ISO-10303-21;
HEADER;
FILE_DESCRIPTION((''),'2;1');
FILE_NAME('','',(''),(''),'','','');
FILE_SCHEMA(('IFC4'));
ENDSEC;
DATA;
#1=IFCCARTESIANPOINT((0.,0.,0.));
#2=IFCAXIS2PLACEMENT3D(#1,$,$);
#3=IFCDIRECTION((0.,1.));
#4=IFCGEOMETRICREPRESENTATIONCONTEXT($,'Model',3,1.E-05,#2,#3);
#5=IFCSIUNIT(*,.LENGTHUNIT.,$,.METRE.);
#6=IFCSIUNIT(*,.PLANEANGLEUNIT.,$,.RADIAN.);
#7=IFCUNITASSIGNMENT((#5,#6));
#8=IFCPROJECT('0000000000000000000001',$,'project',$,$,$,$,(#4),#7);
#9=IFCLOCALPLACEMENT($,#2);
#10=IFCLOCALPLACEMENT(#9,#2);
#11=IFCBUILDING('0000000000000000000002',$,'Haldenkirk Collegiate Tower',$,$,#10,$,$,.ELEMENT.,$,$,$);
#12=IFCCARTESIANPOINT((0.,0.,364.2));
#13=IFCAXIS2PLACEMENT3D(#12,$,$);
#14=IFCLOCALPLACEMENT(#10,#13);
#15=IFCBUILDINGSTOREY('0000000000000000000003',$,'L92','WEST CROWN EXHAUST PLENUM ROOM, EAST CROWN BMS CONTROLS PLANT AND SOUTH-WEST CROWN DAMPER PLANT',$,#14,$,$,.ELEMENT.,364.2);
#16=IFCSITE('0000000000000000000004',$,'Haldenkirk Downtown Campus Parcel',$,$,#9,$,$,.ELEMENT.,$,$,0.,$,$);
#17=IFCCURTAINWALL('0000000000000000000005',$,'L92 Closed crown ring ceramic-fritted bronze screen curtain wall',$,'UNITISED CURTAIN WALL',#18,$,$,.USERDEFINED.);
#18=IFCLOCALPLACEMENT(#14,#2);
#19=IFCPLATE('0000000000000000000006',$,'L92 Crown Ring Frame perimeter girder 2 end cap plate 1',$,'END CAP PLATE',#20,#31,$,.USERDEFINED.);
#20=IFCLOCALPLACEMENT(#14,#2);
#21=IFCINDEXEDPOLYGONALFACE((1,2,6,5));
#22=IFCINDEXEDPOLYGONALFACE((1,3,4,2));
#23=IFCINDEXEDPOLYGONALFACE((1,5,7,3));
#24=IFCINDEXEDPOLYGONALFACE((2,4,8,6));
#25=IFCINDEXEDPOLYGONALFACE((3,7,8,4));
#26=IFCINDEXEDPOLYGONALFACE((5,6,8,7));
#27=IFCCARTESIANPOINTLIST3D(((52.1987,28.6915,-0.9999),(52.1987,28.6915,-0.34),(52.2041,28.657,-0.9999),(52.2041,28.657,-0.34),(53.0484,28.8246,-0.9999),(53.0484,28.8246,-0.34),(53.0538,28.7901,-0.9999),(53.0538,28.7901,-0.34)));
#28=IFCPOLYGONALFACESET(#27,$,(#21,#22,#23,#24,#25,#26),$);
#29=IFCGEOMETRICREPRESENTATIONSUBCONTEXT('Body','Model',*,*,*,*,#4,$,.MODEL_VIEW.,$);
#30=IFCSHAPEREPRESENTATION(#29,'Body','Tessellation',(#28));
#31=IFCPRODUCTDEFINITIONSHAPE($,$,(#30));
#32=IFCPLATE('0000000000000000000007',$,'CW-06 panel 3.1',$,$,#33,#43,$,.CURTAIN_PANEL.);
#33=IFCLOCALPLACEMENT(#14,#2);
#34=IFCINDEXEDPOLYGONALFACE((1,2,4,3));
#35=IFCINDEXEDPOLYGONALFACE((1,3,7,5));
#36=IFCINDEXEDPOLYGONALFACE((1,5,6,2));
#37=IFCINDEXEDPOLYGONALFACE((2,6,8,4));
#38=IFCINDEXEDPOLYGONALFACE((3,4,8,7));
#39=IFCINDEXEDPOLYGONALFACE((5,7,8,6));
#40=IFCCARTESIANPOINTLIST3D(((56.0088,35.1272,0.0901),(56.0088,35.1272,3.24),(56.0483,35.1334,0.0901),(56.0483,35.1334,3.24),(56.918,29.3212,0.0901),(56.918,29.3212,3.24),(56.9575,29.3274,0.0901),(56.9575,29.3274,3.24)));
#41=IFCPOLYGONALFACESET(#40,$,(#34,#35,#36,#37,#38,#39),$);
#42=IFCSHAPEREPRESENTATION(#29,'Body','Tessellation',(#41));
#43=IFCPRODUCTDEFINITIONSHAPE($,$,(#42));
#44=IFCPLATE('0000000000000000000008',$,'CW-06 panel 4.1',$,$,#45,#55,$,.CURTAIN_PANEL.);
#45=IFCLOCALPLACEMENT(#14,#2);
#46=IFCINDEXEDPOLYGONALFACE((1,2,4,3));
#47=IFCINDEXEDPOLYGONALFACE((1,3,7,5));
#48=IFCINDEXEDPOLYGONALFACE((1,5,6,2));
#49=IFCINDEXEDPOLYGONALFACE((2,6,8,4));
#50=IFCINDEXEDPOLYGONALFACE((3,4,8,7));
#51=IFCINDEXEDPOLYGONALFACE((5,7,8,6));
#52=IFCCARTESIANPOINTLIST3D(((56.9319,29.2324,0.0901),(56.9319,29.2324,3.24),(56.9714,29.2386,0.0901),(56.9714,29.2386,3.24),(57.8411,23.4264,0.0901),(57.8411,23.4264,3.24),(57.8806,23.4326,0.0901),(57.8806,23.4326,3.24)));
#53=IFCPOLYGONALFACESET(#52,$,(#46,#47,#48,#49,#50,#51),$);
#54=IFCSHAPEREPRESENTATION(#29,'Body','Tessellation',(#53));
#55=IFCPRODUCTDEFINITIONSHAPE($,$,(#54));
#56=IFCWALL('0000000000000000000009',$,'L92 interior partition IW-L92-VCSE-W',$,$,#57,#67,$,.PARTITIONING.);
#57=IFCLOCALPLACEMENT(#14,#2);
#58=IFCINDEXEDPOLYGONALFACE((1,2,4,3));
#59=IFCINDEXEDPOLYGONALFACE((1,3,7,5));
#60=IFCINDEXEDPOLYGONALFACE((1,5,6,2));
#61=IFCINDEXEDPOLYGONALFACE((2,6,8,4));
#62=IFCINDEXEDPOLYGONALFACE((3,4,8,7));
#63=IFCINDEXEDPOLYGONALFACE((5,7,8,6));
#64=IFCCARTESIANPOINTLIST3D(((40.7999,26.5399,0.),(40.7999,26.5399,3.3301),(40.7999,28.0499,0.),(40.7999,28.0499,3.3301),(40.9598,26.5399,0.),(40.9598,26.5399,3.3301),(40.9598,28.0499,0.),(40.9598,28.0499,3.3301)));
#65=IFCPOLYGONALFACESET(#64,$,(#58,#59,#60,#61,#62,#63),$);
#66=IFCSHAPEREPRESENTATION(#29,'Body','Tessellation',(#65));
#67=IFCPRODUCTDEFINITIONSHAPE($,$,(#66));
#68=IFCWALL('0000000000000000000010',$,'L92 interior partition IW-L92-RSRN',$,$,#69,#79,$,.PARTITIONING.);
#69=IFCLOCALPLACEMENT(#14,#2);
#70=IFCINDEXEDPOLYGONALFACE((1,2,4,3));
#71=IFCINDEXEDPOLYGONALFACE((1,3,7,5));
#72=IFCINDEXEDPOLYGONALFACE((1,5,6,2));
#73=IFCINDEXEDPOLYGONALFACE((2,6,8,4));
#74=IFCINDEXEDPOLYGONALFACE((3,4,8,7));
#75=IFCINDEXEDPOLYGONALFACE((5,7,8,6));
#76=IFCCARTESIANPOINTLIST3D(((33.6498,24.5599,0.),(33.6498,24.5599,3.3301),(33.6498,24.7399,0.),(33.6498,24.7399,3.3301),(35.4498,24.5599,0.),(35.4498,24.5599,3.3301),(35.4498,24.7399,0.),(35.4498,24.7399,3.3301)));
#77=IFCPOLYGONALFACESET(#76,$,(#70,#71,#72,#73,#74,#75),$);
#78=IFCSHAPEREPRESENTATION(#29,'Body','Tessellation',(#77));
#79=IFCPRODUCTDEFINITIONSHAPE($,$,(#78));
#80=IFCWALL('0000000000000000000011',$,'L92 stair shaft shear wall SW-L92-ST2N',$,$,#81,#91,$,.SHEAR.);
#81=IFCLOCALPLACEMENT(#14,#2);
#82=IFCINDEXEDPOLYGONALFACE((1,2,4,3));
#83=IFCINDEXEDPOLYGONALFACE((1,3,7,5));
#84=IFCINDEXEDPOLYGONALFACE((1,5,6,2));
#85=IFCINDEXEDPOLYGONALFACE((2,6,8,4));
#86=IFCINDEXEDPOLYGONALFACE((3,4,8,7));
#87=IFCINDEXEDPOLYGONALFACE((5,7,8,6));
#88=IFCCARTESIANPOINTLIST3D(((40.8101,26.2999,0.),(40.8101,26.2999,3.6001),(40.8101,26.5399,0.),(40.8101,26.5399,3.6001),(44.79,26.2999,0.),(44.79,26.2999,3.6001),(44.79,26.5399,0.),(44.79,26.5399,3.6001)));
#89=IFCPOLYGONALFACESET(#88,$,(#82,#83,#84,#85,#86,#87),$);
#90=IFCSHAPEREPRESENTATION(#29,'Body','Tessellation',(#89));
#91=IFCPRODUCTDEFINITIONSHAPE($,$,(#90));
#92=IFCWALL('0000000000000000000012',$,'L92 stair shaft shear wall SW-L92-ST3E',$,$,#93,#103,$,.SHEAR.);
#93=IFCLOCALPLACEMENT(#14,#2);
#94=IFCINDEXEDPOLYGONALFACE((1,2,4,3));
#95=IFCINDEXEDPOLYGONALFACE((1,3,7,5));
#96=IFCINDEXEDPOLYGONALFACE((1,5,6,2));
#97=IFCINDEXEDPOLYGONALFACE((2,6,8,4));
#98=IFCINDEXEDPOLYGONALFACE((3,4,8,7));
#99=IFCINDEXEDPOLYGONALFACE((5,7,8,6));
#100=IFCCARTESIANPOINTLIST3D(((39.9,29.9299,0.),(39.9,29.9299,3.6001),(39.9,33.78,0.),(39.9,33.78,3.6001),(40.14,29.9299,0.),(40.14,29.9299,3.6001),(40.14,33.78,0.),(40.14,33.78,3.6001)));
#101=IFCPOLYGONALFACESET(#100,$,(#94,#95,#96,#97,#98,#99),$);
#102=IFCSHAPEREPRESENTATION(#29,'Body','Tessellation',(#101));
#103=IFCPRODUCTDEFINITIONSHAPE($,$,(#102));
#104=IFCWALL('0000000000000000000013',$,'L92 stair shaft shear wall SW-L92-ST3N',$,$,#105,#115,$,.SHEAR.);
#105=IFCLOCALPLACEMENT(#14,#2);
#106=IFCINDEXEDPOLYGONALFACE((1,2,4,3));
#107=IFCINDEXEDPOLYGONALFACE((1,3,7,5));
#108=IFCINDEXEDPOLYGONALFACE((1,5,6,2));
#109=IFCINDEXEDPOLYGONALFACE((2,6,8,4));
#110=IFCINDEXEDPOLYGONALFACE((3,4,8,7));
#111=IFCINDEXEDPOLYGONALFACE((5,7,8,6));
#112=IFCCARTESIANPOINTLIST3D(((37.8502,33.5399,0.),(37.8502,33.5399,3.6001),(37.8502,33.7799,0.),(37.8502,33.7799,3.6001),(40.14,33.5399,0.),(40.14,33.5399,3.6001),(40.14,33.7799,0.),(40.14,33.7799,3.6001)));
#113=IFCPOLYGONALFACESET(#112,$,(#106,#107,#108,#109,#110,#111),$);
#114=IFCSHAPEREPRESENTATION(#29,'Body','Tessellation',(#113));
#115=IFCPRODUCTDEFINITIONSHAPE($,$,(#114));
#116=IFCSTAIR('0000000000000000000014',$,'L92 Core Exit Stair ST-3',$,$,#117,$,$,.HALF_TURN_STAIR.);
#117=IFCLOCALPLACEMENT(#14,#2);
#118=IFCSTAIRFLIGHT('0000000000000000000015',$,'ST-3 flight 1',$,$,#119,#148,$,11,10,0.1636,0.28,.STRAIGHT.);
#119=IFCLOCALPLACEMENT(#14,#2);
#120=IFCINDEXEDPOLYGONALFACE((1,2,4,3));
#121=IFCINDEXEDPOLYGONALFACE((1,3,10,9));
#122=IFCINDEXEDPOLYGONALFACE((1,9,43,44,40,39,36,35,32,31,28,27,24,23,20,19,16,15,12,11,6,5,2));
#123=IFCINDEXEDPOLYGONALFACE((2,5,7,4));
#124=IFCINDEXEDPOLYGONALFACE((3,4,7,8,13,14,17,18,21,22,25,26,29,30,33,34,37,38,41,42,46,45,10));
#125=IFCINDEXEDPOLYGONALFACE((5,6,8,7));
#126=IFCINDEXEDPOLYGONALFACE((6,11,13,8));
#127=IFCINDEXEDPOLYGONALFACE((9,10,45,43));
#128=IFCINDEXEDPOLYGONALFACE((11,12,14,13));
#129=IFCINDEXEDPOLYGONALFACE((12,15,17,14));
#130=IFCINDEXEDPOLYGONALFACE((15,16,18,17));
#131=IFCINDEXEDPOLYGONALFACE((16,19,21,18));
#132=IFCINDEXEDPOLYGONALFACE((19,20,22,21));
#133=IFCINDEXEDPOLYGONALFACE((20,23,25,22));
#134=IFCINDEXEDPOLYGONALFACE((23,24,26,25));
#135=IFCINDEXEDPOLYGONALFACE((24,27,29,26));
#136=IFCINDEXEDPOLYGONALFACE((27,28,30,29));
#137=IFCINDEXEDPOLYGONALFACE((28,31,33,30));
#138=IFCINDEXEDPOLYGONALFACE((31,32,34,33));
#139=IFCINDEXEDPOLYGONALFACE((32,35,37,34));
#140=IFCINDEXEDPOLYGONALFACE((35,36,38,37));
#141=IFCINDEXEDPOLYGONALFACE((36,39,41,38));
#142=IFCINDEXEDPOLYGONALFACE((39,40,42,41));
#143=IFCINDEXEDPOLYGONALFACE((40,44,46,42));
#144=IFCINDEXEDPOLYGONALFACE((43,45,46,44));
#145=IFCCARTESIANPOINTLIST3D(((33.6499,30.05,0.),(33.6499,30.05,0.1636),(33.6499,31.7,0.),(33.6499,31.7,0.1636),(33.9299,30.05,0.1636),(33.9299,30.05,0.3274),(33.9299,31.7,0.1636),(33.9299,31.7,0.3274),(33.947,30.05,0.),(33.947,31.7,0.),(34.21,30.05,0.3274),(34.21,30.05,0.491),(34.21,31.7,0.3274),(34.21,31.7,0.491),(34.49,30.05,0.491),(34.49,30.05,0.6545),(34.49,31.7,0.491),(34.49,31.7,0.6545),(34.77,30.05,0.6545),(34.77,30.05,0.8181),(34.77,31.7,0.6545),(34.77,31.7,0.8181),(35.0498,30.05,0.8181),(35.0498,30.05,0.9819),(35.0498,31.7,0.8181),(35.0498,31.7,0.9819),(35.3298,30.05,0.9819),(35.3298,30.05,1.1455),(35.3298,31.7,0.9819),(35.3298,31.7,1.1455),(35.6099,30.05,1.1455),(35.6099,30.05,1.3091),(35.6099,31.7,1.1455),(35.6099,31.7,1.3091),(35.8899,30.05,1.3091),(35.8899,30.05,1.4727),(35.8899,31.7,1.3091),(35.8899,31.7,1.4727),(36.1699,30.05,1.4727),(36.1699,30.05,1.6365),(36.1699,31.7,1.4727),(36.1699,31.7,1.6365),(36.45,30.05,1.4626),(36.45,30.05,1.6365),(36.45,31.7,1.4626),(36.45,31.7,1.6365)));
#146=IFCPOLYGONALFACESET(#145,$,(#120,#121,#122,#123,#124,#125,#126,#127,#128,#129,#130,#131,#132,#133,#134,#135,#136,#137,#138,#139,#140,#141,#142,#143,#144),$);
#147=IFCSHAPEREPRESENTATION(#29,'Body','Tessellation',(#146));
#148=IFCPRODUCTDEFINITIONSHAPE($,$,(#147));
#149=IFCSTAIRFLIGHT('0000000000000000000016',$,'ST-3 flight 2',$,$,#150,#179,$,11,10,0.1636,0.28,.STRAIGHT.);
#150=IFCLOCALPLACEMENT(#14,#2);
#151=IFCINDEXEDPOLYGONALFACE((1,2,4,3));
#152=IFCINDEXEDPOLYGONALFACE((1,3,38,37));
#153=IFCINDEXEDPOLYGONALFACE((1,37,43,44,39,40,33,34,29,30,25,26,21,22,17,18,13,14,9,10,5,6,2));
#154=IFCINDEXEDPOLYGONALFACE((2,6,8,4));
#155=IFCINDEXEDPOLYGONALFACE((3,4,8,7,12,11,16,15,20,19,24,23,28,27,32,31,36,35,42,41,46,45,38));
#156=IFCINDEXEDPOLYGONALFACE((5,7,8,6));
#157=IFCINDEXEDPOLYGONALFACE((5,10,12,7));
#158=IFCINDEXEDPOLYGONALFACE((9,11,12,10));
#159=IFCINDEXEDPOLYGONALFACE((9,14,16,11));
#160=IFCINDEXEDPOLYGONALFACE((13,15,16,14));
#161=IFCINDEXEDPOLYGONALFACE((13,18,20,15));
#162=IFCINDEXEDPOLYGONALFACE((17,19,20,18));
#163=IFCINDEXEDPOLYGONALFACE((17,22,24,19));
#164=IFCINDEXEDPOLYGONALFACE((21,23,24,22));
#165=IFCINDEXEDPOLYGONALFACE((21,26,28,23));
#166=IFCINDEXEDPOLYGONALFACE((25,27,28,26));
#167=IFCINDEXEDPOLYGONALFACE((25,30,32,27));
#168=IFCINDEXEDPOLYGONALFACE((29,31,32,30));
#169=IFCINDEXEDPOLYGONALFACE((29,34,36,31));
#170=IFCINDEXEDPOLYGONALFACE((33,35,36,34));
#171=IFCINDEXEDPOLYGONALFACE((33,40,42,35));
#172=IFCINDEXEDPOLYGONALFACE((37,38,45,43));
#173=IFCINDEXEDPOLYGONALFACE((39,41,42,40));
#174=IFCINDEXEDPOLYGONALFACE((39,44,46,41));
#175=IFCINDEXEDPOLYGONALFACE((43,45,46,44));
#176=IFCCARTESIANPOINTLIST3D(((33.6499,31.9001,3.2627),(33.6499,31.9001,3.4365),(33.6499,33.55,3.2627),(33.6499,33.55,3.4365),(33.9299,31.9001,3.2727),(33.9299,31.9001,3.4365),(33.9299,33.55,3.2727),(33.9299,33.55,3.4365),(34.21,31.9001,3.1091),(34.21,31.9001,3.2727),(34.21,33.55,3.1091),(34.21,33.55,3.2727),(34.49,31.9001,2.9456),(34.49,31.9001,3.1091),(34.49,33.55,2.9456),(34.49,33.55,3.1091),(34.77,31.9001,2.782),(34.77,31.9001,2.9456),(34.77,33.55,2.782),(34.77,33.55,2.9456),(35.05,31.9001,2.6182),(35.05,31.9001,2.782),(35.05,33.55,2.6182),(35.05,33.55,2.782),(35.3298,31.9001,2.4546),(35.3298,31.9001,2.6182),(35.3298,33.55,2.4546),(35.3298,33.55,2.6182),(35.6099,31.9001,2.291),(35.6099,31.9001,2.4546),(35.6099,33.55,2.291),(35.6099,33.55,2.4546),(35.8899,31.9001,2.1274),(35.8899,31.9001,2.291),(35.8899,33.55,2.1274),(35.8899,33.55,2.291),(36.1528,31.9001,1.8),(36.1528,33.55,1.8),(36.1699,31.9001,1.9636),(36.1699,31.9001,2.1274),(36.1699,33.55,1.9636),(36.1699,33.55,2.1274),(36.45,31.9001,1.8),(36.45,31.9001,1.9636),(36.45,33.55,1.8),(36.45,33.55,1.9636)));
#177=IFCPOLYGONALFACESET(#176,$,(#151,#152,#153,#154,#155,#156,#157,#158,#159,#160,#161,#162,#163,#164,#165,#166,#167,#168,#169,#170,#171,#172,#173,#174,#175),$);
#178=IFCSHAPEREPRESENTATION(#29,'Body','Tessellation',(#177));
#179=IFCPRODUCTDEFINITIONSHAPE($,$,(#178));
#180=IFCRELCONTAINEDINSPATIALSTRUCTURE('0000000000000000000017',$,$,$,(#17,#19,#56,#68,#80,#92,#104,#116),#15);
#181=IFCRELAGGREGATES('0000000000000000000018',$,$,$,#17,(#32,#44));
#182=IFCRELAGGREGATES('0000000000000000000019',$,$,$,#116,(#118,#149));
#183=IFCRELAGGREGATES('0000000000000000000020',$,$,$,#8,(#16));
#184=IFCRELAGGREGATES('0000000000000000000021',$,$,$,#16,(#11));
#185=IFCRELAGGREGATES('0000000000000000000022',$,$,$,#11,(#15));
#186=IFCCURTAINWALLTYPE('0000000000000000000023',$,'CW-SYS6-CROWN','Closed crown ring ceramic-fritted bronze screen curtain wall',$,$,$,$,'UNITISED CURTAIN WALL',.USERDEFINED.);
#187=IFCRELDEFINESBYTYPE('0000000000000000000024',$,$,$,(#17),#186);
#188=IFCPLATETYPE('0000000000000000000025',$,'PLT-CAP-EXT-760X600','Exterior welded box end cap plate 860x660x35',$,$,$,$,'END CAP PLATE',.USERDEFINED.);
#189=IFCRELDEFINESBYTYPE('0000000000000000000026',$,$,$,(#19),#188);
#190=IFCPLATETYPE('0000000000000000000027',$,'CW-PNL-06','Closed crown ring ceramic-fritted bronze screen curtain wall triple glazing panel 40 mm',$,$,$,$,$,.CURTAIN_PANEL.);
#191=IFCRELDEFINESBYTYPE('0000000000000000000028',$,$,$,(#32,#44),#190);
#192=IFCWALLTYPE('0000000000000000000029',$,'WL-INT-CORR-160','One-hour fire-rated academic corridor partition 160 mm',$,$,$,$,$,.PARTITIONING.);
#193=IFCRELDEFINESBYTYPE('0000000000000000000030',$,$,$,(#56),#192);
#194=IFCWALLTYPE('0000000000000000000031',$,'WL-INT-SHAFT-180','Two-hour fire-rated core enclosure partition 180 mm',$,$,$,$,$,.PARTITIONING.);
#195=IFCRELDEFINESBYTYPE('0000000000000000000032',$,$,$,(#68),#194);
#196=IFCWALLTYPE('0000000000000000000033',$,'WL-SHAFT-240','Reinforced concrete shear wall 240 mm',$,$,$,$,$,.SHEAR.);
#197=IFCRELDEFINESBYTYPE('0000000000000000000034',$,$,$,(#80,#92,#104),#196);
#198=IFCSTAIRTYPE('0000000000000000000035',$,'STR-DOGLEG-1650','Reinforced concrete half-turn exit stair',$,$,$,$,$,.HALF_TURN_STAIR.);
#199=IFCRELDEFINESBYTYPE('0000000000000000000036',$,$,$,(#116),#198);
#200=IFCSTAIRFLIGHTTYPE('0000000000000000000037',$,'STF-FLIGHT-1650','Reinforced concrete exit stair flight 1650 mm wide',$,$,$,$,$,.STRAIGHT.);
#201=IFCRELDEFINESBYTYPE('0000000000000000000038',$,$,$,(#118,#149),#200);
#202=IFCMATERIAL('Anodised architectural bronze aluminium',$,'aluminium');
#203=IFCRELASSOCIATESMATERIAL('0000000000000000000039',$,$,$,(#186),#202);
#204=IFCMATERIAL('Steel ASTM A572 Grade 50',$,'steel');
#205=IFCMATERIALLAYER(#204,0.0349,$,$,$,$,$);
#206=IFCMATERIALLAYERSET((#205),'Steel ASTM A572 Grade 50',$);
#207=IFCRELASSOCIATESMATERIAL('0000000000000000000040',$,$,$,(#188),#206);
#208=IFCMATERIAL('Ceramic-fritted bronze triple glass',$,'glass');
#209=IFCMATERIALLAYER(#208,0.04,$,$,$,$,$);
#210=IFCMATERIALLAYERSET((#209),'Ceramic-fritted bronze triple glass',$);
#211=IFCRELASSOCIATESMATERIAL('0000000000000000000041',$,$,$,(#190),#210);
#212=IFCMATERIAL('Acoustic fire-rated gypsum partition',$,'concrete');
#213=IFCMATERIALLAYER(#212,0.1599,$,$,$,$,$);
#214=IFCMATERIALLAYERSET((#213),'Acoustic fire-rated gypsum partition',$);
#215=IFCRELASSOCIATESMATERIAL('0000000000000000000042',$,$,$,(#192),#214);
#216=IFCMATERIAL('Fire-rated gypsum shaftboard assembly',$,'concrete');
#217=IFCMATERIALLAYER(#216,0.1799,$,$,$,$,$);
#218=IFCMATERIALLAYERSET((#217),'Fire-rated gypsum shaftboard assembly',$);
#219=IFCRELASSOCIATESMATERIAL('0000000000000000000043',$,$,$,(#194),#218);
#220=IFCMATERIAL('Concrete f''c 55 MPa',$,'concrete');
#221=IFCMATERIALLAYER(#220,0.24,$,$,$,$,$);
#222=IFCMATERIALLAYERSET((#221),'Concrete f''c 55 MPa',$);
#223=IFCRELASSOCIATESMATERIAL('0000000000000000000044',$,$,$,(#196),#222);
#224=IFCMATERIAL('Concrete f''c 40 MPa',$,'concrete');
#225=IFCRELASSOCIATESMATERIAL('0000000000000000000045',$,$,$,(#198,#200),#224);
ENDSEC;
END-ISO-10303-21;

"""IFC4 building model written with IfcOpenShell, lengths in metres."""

from ifc_helpers import new_model, si_unit, direction, frame, frame_2d, origin, origin_2d, place, context, subcontext, project, spatial, polyline, rectangle, outline, extrude, source, transform, mapped, material, layer, layer_set, type_object, element, aggregate, save


model = new_model("IFC4")

# Units and contexts
model_context = context("Model", 3, precision=1e-05, world=origin(), true_north=direction((0.0, 1.0)))
body_context = subcontext(model_context, "Body", "Model", "MODEL_VIEW")
ifc_project = project(units=[si_unit("LENGTHUNIT", "METRE"), si_unit("PLANEANGLEUNIT", "RADIAN")], contexts=[model_context])

# Site, building, storey
site_placement = place(None, origin())
site = spatial("IfcSite", under=ifc_project, at=site_placement, Name="Haldenkirk Downtown Campus Parcel", CompositionType="ELEMENT", RefElevation=0.0)
building_placement = place(site_placement, origin())
building = spatial("IfcBuilding", under=site, at=building_placement, Name="Haldenkirk Collegiate Tower", CompositionType="ELEMENT")
storey_placement = place(building_placement, frame((0.0, 0.0, 364.2)))
storey = spatial("IfcBuildingStorey", under=building, at=storey_placement, Name="L92", Description="WEST CROWN EXHAUST PLENUM ROOM, EAST CROWN BMS CONTROLS PLANT AND SOUTH-WEST CROWN DAMPER PLANT", CompositionType="ELEMENT", Elevation=364.2)

# Shared definitions
ifc_material_1 = material(Name="Steel ASTM A572 Grade 50", Category="steel")

# Curtain wall
ifc_material_2 = material(Name="Anodised architectural bronze aluminium", Category="aluminium")
curtain_wall_type = type_object("IfcCurtainWallType", Name="CW-SYS6-CROWN", Description="Closed crown ring ceramic-fritted bronze screen curtain wall", ElementType="UNITISED CURTAIN WALL", PredefinedType="USERDEFINED", material=ifc_material_2)
curtain_wall_placement = place(storey_placement, origin())
curtain_wall = element("IfcCurtainWall", 1, at=curtain_wall_placement, inside=storey, type_object=curtain_wall_type, Name="L92 Closed crown ring ceramic-fritted bronze screen curtain wall", ObjectType="UNITISED CURTAIN WALL", PredefinedType="USERDEFINED")

# Plate
ifc_layer_1 = layer(ifc_material_1, 0.0349)
ifc_layer_set_1 = layer_set([ifc_layer_1], Name="Steel ASTM A572 Grade 50")
plate_type_1 = type_object("IfcPlateType", Name="PLT-CAP-EXT-760X600", Description="Exterior welded box end cap plate 860x660x35", ElementType="END CAP PLATE", PredefinedType="USERDEFINED", material=ifc_layer_set_1)
shared_shape_1 = source(origin(), body_context, "Body", "SweptSolid", [
    extrude(rectangle(XDim=0.8601, YDim=0.6599, at=origin_2d()), origin(), (0.0, 0.0, 1.0), 0.0349),
])
for number, where, z_axis, x_axis, name in (
    (2, (52.6235, 28.7581, -0.6699), (0.154711, -0.98796, 0.0), (0.98796, 0.154711, 0.0), "L92 Crown Ring Frame perimeter girder 2 end cap plate 1"),
):
    element("IfcPlate", number, at=place(storey_placement, frame(where, z_axis=z_axis, x_axis=x_axis)), inside=storey, type_object=plate_type_1, Name=name, ObjectType="END CAP PLATE", PredefinedType="USERDEFINED", context=body_context, shape_type="MappedRepresentation", body=[
        mapped(shared_shape_1, transform((0.0, 0.0, 0.0), x_axis=(1.0, 0.0, 0.0), y_axis=(0.0, 1.0, 0.0), z_axis=(0.0, 0.0, 1.0), scale=1.0)),
    ])

# Plates
ifc_material_3 = material(Name="Ceramic-fritted bronze triple glass", Category="glass")
ifc_layer_2 = layer(ifc_material_3, 0.04)
ifc_layer_set_2 = layer_set([ifc_layer_2], Name="Ceramic-fritted bronze triple glass")
plate_type_2 = type_object("IfcPlateType", Name="CW-PNL-06", Description="Closed crown ring ceramic-fritted bronze screen curtain wall triple glazing panel 40 mm", PredefinedType="CURTAIN_PANEL", material=ifc_layer_set_2)
shared_shape_2 = source(origin(), body_context, "Body", "SweptSolid", [
    extrude(rectangle(XDim=5.8767, YDim=0.04, at=origin_2d()), origin(), (0.0, 0.0, 1.0), 3.1499),
])
plate_1_placement = place(storey_placement, frame((56.4832, 32.2273, 0.0901), z_axis=(0.0, 0.0, 1.0), x_axis=(0.154713, -0.98796, 0.0)))
plate_1 = element("IfcPlate", 3, at=plate_1_placement, type_object=plate_type_2, Name="CW-06 panel 3.1", PredefinedType="CURTAIN_PANEL", context=body_context, shape_type="MappedRepresentation", body=[
    mapped(shared_shape_2, transform((0.0, 0.0, 0.0), x_axis=(1.0, 0.0, 0.0), y_axis=(0.0, 1.0, 0.0), z_axis=(0.0, 0.0, 1.0), scale=1.0)),
])
plate_2_placement = place(storey_placement, frame((57.4062, 26.3325, 0.0901), z_axis=(0.0, 0.0, 1.0), x_axis=(0.154713, -0.98796, 0.0)))
plate_2 = element("IfcPlate", 4, at=plate_2_placement, type_object=plate_type_2, Name="CW-06 panel 4.1", PredefinedType="CURTAIN_PANEL", context=body_context, shape_type="MappedRepresentation", body=[
    mapped(shared_shape_2, transform((0.0, 0.0, 0.0), x_axis=(1.0, 0.0, 0.0), y_axis=(0.0, 1.0, 0.0), z_axis=(0.0, 0.0, 1.0), scale=1.0)),
])
aggregate(curtain_wall, [plate_1, plate_2])

# Shared definitions
ifc_material_4 = material(Name="Acoustic fire-rated gypsum partition", Category="concrete")
ifc_layer_3 = layer(ifc_material_4, 0.1599)
ifc_layer_set_3 = layer_set([ifc_layer_3], Name="Acoustic fire-rated gypsum partition")
wall_type_1 = type_object("IfcWallType", Name="WL-INT-CORR-160", Description="One-hour fire-rated academic corridor partition 160 mm", PredefinedType="PARTITIONING", material=ifc_layer_set_3)

# Wall
wall_1_placement = place(storey_placement, frame((40.8799, 26.54, 0.0), z_axis=(0.0, 0.0, 1.0), x_axis=(0.0, 1.0, 0.0)))
element("IfcWall", 5, at=wall_1_placement, inside=storey, type_object=wall_type_1, Name="L92 interior partition IW-L92-VCSE-W", PredefinedType="PARTITIONING", context=body_context, shape_type="SweptSolid", body=[
    extrude(rectangle(XDim=1.51, YDim=0.1599, at=frame_2d((0.7549, 0.0))), origin(), (0.0, 0.0, 1.0), 3.3301),
])

# Walls
ifc_material_5 = material(Name="Fire-rated gypsum shaftboard assembly", Category="concrete")
ifc_layer_4 = layer(ifc_material_5, 0.1799)
ifc_layer_set_4 = layer_set([ifc_layer_4], Name="Fire-rated gypsum shaftboard assembly")
wall_type_2 = type_object("IfcWallType", Name="WL-INT-SHAFT-180", Description="Two-hour fire-rated core enclosure partition 180 mm", PredefinedType="PARTITIONING", material=ifc_layer_set_4)
wall_2_placement = place(storey_placement, frame((33.6499, 24.6499, 0.0), z_axis=(0.0, 0.0, 1.0), x_axis=(1.0, 0.0, 0.0)))
element("IfcWall", 6, at=wall_2_placement, inside=storey, type_object=wall_type_2, Name="L92 interior partition IW-L92-RSRN", PredefinedType="PARTITIONING", context=body_context, shape_type="SweptSolid", body=[
    extrude(rectangle(XDim=1.8, YDim=0.1799, at=frame_2d((0.8999, 0.0))), origin(), (0.0, 0.0, 1.0), 3.3301),
])
ifc_material_6 = material(Name="Concrete f'c 55 MPa", Category="concrete")
ifc_layer_5 = layer(ifc_material_6, 0.24)
ifc_layer_set_5 = layer_set([ifc_layer_5], Name="Concrete f'c 55 MPa")
wall_type_3 = type_object("IfcWallType", Name="WL-SHAFT-240", Description="Reinforced concrete shear wall 240 mm", PredefinedType="SHEAR", material=ifc_layer_set_5)
wall_3_placement = place(storey_placement, frame((40.8101, 26.4199, 0.0), z_axis=(0.0, 0.0, 1.0), x_axis=(1.0, 0.0, 0.0)))
element("IfcWall", 7, at=wall_3_placement, inside=storey, type_object=wall_type_3, Name="L92 stair shaft shear wall SW-L92-ST2N", PredefinedType="SHEAR", context=body_context, shape_type="SweptSolid", body=[
    extrude(rectangle(XDim=3.98, YDim=0.24, at=frame_2d((1.99, 0.0))), origin(), (0.0, 0.0, 1.0), 3.6001),
])
wall_4_placement = place(storey_placement, frame((40.02, 29.9299, 0.0), z_axis=(0.0, 0.0, 1.0), x_axis=(0.0, 1.0, 0.0)))
element("IfcWall", 8, at=wall_4_placement, inside=storey, type_object=wall_type_3, Name="L92 stair shaft shear wall SW-L92-ST3E", PredefinedType="SHEAR", context=body_context, shape_type="SweptSolid", body=[
    extrude(rectangle(XDim=3.8501, YDim=0.24, at=frame_2d((1.925, 0.0))), origin(), (0.0, 0.0, 1.0), 3.6001),
])
wall_5_placement = place(storey_placement, frame((37.8501, 33.6599, 0.0), z_axis=(0.0, 0.0, 1.0), x_axis=(1.0, 0.0, 0.0)))
element("IfcWall", 9, at=wall_5_placement, inside=storey, type_object=wall_type_3, Name="L92 stair shaft shear wall SW-L92-ST3N", PredefinedType="SHEAR", context=body_context, shape_type="SweptSolid", body=[
    extrude(rectangle(XDim=2.2898, YDim=0.24, at=frame_2d((1.145, 0.0))), origin(), (0.0, 0.0, 1.0), 3.6001),
])

# Stair, stair flights
ifc_material_7 = material(Name="Concrete f'c 40 MPa", Category="concrete")
stair_type = type_object("IfcStairType", Name="STR-DOGLEG-1650", Description="Reinforced concrete half-turn exit stair", PredefinedType="HALF_TURN_STAIR", material=ifc_material_7)
stair_placement = place(storey_placement, origin())
stair = element("IfcStair", 10, at=stair_placement, inside=storey, type_object=stair_type, Name="L92 Core Exit Stair ST-3", PredefinedType="HALF_TURN_STAIR")
stair_flight_type = type_object("IfcStairFlightType", Name="STF-FLIGHT-1650", Description="Reinforced concrete exit stair flight 1650 mm wide", PredefinedType="STRAIGHT", material=ifc_material_7)
stair_flight_1_placement = place(storey_placement, frame((33.6499, 30.875, 0.0), z_axis=(0.0, 0.0, 1.0), x_axis=(1.0, 0.0, 0.0)))
stair_flight_1 = element("IfcStairFlight", 11, at=stair_flight_1_placement, type_object=stair_flight_type, Name="ST-3 flight 1", NumberOfRisers=11, NumberOfTreads=10, PredefinedType="STRAIGHT", RiserHeight=0.1636, TreadLength=0.28, context=body_context, shape_type="SweptSolid", body=[
    extrude(outline(polyline([(0.0, 0.0), (0.0, 0.1636), (0.28, 0.1636), (0.28, 0.3274), (0.5601, 0.3274), (0.5601, 0.491), (0.8401, 0.491), (0.8401, 0.6545), (1.1201, 0.6545), (1.1201, 0.8181), (1.3999, 0.8181), (1.3999, 0.9819), (1.6799, 0.9819), (1.6799, 1.1455), (1.96, 1.1455), (1.96, 1.3091), (2.24, 1.3091), (2.24, 1.4727), (2.52, 1.4727), (2.52, 1.6365), (2.8, 1.6365), (2.8, 1.8), (2.8, 1.4626), (0.2971, 0.0), (0.0, 0.0)])), frame((0.0, 0.825, 0.0), z_axis=(0.0, -1.0, 0.0), x_axis=(1.0, 0.0, 0.0)), (0.0, 0.0, 1.0), 1.6499),
])
stair_flight_2_placement = place(storey_placement, frame((36.45, 32.7251, 1.8), z_axis=(0.0, 0.0, 1.0), x_axis=(-1.0, 0.0, 0.0)))
stair_flight_2 = element("IfcStairFlight", 12, at=stair_flight_2_placement, type_object=stair_flight_type, Name="ST-3 flight 2", NumberOfRisers=11, NumberOfTreads=10, PredefinedType="STRAIGHT", RiserHeight=0.1636, TreadLength=0.28, context=body_context, shape_type="SweptSolid", body=[
    extrude(outline(polyline([(0.0, 0.0), (0.0, 0.1636), (0.28, 0.1636), (0.28, 0.3274), (0.5601, 0.3274), (0.5601, 0.491), (0.8401, 0.491), (0.8401, 0.6545), (1.1201, 0.6545), (1.1201, 0.8181), (1.3999, 0.8181), (1.3999, 0.9819), (1.6799, 0.9819), (1.6799, 1.1455), (1.96, 1.1455), (1.96, 1.3091), (2.24, 1.3091), (2.24, 1.4727), (2.52, 1.4727), (2.52, 1.6365), (2.8, 1.6365), (2.8, 1.8), (2.8, 1.4626), (0.2971, 0.0), (0.0, 0.0)])), frame((0.0, 0.825, 0.0), z_axis=(0.0, -1.0, 0.0), x_axis=(1.0, 0.0, 0.0)), (0.0, 0.0, 1.0), 1.6499),
])
aggregate(stair, [stair_flight_1, stair_flight_2])

save(model, "model.ifc")
